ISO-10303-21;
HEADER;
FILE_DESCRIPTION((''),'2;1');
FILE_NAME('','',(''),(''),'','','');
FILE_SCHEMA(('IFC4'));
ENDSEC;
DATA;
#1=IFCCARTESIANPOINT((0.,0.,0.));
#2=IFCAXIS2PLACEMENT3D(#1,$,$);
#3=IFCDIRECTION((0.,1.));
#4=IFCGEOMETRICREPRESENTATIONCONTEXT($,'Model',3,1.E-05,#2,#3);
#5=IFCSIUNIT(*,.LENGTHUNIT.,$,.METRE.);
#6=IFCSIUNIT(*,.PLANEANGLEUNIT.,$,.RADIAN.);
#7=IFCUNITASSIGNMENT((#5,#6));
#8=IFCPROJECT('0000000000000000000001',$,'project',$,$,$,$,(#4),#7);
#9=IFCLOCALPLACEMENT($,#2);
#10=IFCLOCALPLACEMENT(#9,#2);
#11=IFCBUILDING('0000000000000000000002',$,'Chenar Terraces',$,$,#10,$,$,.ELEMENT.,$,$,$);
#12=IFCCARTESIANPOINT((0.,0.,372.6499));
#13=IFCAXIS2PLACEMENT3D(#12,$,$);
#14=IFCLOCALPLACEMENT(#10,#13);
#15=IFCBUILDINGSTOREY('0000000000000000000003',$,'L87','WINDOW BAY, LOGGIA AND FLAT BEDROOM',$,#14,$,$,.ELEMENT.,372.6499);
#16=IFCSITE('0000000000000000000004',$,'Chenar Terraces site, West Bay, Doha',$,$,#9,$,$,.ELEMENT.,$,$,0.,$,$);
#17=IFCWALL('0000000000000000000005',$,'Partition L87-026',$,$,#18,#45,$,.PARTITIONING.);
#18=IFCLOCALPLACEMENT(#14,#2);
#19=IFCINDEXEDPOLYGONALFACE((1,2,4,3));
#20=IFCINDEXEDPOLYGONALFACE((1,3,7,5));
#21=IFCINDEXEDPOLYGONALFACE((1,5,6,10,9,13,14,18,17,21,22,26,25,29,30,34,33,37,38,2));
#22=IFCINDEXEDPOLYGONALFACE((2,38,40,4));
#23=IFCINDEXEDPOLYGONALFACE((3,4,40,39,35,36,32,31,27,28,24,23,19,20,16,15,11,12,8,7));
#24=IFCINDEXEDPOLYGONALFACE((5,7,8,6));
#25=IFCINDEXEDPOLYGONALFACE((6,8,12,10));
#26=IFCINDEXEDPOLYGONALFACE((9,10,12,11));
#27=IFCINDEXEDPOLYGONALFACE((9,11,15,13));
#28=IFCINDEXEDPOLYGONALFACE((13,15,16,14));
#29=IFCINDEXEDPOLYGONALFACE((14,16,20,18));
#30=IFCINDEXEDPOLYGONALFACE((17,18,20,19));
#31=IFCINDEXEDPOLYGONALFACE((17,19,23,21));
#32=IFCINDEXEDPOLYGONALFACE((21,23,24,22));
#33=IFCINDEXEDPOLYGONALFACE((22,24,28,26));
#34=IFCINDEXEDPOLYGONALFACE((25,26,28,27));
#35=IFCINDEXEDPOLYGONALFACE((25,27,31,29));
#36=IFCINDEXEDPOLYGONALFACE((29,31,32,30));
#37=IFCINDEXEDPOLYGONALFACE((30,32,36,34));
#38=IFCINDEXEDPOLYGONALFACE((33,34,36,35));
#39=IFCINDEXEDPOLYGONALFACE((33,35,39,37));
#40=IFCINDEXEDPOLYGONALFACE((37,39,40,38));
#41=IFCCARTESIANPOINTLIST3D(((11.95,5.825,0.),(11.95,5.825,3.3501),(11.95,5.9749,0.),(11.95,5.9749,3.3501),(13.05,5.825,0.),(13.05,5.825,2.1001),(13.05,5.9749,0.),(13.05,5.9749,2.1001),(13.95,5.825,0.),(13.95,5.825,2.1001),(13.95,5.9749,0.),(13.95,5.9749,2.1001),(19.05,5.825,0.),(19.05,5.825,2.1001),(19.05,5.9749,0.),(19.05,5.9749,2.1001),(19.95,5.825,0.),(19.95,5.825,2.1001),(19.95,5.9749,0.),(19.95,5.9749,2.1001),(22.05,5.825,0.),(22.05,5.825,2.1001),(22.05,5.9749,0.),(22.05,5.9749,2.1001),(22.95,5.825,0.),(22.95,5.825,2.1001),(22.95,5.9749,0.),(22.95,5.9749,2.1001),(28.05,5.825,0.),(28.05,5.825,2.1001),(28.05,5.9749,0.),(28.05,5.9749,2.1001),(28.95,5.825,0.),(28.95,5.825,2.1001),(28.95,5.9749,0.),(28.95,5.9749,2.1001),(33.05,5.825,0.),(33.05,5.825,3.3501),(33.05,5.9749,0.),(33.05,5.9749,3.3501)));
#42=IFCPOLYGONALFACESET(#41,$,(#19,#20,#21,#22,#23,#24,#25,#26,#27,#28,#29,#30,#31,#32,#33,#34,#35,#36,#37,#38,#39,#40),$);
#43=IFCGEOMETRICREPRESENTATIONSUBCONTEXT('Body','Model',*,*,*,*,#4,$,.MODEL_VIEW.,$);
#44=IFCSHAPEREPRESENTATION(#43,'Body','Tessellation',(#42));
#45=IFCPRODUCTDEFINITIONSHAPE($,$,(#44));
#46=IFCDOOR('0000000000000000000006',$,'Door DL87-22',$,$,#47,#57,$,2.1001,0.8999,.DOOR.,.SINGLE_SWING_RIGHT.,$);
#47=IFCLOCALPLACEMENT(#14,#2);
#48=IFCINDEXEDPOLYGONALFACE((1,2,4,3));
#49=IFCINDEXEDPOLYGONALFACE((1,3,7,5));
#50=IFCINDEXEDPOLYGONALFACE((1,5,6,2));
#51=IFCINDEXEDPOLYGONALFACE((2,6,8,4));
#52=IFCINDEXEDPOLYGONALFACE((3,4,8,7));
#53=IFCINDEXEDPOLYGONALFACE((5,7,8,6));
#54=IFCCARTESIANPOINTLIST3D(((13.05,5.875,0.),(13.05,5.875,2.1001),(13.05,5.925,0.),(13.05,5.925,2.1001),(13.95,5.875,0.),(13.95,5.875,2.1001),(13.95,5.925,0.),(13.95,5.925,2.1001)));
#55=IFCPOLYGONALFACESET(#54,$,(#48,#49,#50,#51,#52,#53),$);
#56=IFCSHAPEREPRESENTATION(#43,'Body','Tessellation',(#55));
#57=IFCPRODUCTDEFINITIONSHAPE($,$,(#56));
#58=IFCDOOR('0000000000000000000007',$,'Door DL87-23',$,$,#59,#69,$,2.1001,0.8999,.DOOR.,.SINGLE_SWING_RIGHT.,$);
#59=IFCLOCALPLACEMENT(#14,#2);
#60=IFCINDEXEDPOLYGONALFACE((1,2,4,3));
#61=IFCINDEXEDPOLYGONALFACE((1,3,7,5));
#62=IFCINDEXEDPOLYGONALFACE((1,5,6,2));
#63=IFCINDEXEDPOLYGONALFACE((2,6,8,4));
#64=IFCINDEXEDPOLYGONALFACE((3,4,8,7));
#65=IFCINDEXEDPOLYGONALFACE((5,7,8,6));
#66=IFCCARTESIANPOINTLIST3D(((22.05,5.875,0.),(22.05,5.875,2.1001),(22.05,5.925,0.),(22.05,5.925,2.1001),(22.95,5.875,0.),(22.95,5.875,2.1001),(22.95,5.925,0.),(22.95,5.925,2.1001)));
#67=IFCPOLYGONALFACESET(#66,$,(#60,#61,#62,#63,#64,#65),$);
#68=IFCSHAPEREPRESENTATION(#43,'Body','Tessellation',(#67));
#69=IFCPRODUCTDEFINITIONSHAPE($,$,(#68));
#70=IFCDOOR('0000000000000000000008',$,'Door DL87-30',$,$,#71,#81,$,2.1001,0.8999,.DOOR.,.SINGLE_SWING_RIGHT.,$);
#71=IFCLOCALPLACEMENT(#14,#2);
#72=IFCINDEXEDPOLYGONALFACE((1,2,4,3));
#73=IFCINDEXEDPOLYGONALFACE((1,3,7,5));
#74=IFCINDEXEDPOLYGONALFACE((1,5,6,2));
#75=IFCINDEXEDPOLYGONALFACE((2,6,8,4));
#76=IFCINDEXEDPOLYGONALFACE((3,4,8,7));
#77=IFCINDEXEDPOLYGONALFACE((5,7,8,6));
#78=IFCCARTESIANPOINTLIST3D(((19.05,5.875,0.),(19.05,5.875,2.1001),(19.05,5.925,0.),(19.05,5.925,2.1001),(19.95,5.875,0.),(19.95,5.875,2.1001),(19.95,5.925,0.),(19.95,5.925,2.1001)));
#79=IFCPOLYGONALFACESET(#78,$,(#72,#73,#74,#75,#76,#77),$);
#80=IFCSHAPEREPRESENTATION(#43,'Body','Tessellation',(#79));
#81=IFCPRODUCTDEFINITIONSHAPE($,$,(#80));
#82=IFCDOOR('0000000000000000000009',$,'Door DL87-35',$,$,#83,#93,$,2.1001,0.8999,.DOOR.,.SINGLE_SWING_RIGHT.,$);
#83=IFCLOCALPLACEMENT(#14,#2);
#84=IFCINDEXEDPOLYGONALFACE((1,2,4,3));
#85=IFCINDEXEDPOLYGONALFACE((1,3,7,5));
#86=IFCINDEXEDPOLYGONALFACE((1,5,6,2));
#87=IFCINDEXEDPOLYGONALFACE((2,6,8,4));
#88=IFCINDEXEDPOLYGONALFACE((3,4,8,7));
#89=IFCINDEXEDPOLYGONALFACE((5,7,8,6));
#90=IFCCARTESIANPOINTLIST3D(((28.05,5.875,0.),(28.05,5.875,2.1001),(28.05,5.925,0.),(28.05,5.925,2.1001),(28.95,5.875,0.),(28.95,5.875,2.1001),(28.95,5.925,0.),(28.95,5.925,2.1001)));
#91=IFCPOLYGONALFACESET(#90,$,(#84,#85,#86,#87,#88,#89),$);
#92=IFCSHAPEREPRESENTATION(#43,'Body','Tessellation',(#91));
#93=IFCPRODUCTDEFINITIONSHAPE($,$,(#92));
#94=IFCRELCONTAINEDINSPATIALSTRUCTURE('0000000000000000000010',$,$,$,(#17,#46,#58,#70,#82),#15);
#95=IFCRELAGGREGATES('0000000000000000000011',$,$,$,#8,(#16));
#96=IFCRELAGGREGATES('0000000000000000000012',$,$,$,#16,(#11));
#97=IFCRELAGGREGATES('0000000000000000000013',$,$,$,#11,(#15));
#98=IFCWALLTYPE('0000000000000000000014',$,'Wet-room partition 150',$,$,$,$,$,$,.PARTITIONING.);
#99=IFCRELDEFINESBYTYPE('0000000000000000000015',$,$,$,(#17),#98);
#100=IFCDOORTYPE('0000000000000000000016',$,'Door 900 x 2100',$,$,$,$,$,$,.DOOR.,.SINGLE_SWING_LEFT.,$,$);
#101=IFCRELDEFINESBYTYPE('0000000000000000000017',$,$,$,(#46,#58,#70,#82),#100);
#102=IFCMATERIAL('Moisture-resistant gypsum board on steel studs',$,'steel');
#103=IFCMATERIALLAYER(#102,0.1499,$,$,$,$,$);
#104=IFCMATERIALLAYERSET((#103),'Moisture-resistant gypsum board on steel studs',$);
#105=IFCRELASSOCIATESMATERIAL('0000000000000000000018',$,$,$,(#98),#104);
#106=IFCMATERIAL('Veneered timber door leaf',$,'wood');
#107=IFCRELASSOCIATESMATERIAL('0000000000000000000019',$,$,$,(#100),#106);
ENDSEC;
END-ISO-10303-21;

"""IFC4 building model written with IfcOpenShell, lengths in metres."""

from ifc_helpers import new_model, si_unit, direction, frame, frame_2d, origin, place, context, subcontext, project, spatial, rectangle, extrude, material, layer, layer_set, type_object, element, fill, save


model = new_model("IFC4")

# Units and contexts
model_context = context("Model", 3, precision=1e-05, world=origin(), true_north=direction((0.0, 1.0)))
body_context = subcontext(model_context, "Body", "Model", "MODEL_VIEW")
ifc_project = project(units=[si_unit("LENGTHUNIT", "METRE"), si_unit("PLANEANGLEUNIT", "RADIAN")], contexts=[model_context])

# Site, building, storey
site_placement = place(None, origin())
site = spatial("IfcSite", under=ifc_project, at=site_placement, Name="Chenar Terraces site, West Bay, Doha", CompositionType="ELEMENT", RefElevation=0.0)
building_placement = place(site_placement, origin())
building = spatial("IfcBuilding", under=site, at=building_placement, Name="Chenar Terraces", CompositionType="ELEMENT")
storey_placement = place(building_placement, frame((0.0, 0.0, 372.6499)))
storey = spatial("IfcBuildingStorey", under=building, at=storey_placement, Name="L87", Description="WINDOW BAY, LOGGIA AND FLAT BEDROOM", CompositionType="ELEMENT", Elevation=372.6499)

# Wall, openings, doors
ifc_material_1 = material(Name="Moisture-resistant gypsum board on steel studs", Category="steel")
ifc_layer_1 = layer(ifc_material_1, 0.1499)
ifc_layer_set_1 = layer_set([ifc_layer_1], Name="Moisture-resistant gypsum board on steel studs")
wall_type_1 = type_object("IfcWallType", Name="Wet-room partition 150", PredefinedType="PARTITIONING", material=ifc_layer_set_1)
wall_1_placement = place(storey_placement, frame((11.95, 5.8999, 0.0), z_axis=(0.0, 0.0, 1.0), x_axis=(1.0, 0.0, 0.0)))
wall_1 = element("IfcWall", 1, at=wall_1_placement, inside=storey, type_object=wall_type_1, Name="Partition L87-026", PredefinedType="PARTITIONING", context=body_context, shape_type="SweptSolid", body=[
    extrude(rectangle(XDim=21.1001, YDim=0.1499, at=frame_2d((10.55, 0.0))), origin(), (0.0, 0.0, 1.0), 3.3501),
])
opening_1_placement = place(wall_1_placement, frame((1.1001, 0.0, 0.0)))
opening_1 = element("IfcOpeningElement", 2, at=opening_1_placement, cuts=wall_1, PredefinedType="OPENING", context=body_context, shape_type="SweptSolid", body=[
    extrude(rectangle(XDim=0.8999, YDim=2.1001, at=frame_2d((0.45, 1.05))), frame((0.0, 0.085, 0.0), z_axis=(0.0, -1.0, 0.0), x_axis=(1.0, 0.0, 0.0)), (0.0, 0.0, 1.0), 0.1699),
])
opening_2_placement = place(wall_1_placement, frame((10.1001, 0.0, 0.0)))
opening_2 = element("IfcOpeningElement", 3, at=opening_2_placement, cuts=wall_1, PredefinedType="OPENING", context=body_context, shape_type="SweptSolid", body=[
    extrude(rectangle(XDim=0.8999, YDim=2.1001, at=frame_2d((0.45, 1.05))), frame((0.0, 0.085, 0.0), z_axis=(0.0, -1.0, 0.0), x_axis=(1.0, 0.0, 0.0)), (0.0, 0.0, 1.0), 0.1699),
])
opening_3_placement = place(wall_1_placement, frame((7.1001, 0.0, 0.0)))
opening_3 = element("IfcOpeningElement", 4, at=opening_3_placement, cuts=wall_1, PredefinedType="OPENING", context=body_context, shape_type="SweptSolid", body=[
    extrude(rectangle(XDim=0.8999, YDim=2.1001, at=frame_2d((0.45, 1.05))), frame((0.0, 0.085, 0.0), z_axis=(0.0, -1.0, 0.0), x_axis=(1.0, 0.0, 0.0)), (0.0, 0.0, 1.0), 0.1699),
])
opening_4_placement = place(wall_1_placement, frame((16.1001, 0.0, 0.0)))
opening_4 = element("IfcOpeningElement", 5, at=opening_4_placement, cuts=wall_1, PredefinedType="OPENING", context=body_context, shape_type="SweptSolid", body=[
    extrude(rectangle(XDim=0.8999, YDim=2.1001, at=frame_2d((0.45, 1.05))), frame((0.0, 0.085, 0.0), z_axis=(0.0, -1.0, 0.0), x_axis=(1.0, 0.0, 0.0)), (0.0, 0.0, 1.0), 0.1699),
])
ifc_material_2 = material(Name="Veneered timber door leaf", Category="wood")
door_type_1 = type_object("IfcDoorType", Name="Door 900 x 2100", OperationType="SINGLE_SWING_LEFT", PredefinedType="DOOR", material=ifc_material_2)
door_1_placement = place(opening_1_placement, frame((0.8999, 0.0, 0.0), z_axis=(0.0, 0.0, 1.0), x_axis=(-1.0, 0.0, 0.0)))
door_1 = element("IfcDoor", 6, at=door_1_placement, inside=storey, type_object=door_type_1, Name="Door DL87-22", OperationType="SINGLE_SWING_RIGHT", OverallHeight=2.1001, OverallWidth=0.8999, PredefinedType="DOOR", context=body_context, shape_type="SweptSolid", body=[
    extrude(rectangle(XDim=0.8999, YDim=2.1001, at=frame_2d((0.45, 1.05))), frame((0.0, 0.0249, 0.0), z_axis=(0.0, -1.0, 0.0), x_axis=(1.0, 0.0, 0.0)), (0.0, 0.0, 1.0), 0.05),
])
fill(opening_1, door_1)
door_2_placement = place(opening_2_placement, frame((0.8999, 0.0, 0.0), z_axis=(0.0, 0.0, 1.0), x_axis=(-1.0, 0.0, 0.0)))
door_2 = element("IfcDoor", 7, at=door_2_placement, inside=storey, type_object=door_type_1, Name="Door DL87-23", OperationType="SINGLE_SWING_RIGHT", OverallHeight=2.1001, OverallWidth=0.8999, PredefinedType="DOOR", context=body_context, shape_type="SweptSolid", body=[
    extrude(rectangle(XDim=0.8999, YDim=2.1001, at=frame_2d((0.45, 1.05))), frame((0.0, 0.0249, 0.0), z_axis=(0.0, -1.0, 0.0), x_axis=(1.0, 0.0, 0.0)), (0.0, 0.0, 1.0), 0.05),
])
fill(opening_2, door_2)
door_3_placement = place(opening_3_placement, frame((0.8999, 0.0, 0.0), z_axis=(0.0, 0.0, 1.0), x_axis=(-1.0, 0.0, 0.0)))
door_3 = element("IfcDoor", 8, at=door_3_placement, inside=storey, type_object=door_type_1, Name="Door DL87-30", OperationType="SINGLE_SWING_RIGHT", OverallHeight=2.1001, OverallWidth=0.8999, PredefinedType="DOOR", context=body_context, shape_type="SweptSolid", body=[
    extrude(rectangle(XDim=0.8999, YDim=2.1001, at=frame_2d((0.45, 1.05))), frame((0.0, 0.0249, 0.0), z_axis=(0.0, -1.0, 0.0), x_axis=(1.0, 0.0, 0.0)), (0.0, 0.0, 1.0), 0.05),
])
fill(opening_3, door_3)
door_4_placement = place(opening_4_placement, frame((0.8999, 0.0, 0.0), z_axis=(0.0, 0.0, 1.0), x_axis=(-1.0, 0.0, 0.0)))
door_4 = element("IfcDoor", 9, at=door_4_placement, inside=storey, type_object=door_type_1, Name="Door DL87-35", OperationType="SINGLE_SWING_RIGHT", OverallHeight=2.1001, OverallWidth=0.8999, PredefinedType="DOOR", context=body_context, shape_type="SweptSolid", body=[
    extrude(rectangle(XDim=0.8999, YDim=2.1001, at=frame_2d((0.45, 1.05))), frame((0.0, 0.0249, 0.0), z_axis=(0.0, -1.0, 0.0), x_axis=(1.0, 0.0, 0.0)), (0.0, 0.0, 1.0), 0.05),
])
fill(opening_4, door_4)

save(model, "model.ifc")
